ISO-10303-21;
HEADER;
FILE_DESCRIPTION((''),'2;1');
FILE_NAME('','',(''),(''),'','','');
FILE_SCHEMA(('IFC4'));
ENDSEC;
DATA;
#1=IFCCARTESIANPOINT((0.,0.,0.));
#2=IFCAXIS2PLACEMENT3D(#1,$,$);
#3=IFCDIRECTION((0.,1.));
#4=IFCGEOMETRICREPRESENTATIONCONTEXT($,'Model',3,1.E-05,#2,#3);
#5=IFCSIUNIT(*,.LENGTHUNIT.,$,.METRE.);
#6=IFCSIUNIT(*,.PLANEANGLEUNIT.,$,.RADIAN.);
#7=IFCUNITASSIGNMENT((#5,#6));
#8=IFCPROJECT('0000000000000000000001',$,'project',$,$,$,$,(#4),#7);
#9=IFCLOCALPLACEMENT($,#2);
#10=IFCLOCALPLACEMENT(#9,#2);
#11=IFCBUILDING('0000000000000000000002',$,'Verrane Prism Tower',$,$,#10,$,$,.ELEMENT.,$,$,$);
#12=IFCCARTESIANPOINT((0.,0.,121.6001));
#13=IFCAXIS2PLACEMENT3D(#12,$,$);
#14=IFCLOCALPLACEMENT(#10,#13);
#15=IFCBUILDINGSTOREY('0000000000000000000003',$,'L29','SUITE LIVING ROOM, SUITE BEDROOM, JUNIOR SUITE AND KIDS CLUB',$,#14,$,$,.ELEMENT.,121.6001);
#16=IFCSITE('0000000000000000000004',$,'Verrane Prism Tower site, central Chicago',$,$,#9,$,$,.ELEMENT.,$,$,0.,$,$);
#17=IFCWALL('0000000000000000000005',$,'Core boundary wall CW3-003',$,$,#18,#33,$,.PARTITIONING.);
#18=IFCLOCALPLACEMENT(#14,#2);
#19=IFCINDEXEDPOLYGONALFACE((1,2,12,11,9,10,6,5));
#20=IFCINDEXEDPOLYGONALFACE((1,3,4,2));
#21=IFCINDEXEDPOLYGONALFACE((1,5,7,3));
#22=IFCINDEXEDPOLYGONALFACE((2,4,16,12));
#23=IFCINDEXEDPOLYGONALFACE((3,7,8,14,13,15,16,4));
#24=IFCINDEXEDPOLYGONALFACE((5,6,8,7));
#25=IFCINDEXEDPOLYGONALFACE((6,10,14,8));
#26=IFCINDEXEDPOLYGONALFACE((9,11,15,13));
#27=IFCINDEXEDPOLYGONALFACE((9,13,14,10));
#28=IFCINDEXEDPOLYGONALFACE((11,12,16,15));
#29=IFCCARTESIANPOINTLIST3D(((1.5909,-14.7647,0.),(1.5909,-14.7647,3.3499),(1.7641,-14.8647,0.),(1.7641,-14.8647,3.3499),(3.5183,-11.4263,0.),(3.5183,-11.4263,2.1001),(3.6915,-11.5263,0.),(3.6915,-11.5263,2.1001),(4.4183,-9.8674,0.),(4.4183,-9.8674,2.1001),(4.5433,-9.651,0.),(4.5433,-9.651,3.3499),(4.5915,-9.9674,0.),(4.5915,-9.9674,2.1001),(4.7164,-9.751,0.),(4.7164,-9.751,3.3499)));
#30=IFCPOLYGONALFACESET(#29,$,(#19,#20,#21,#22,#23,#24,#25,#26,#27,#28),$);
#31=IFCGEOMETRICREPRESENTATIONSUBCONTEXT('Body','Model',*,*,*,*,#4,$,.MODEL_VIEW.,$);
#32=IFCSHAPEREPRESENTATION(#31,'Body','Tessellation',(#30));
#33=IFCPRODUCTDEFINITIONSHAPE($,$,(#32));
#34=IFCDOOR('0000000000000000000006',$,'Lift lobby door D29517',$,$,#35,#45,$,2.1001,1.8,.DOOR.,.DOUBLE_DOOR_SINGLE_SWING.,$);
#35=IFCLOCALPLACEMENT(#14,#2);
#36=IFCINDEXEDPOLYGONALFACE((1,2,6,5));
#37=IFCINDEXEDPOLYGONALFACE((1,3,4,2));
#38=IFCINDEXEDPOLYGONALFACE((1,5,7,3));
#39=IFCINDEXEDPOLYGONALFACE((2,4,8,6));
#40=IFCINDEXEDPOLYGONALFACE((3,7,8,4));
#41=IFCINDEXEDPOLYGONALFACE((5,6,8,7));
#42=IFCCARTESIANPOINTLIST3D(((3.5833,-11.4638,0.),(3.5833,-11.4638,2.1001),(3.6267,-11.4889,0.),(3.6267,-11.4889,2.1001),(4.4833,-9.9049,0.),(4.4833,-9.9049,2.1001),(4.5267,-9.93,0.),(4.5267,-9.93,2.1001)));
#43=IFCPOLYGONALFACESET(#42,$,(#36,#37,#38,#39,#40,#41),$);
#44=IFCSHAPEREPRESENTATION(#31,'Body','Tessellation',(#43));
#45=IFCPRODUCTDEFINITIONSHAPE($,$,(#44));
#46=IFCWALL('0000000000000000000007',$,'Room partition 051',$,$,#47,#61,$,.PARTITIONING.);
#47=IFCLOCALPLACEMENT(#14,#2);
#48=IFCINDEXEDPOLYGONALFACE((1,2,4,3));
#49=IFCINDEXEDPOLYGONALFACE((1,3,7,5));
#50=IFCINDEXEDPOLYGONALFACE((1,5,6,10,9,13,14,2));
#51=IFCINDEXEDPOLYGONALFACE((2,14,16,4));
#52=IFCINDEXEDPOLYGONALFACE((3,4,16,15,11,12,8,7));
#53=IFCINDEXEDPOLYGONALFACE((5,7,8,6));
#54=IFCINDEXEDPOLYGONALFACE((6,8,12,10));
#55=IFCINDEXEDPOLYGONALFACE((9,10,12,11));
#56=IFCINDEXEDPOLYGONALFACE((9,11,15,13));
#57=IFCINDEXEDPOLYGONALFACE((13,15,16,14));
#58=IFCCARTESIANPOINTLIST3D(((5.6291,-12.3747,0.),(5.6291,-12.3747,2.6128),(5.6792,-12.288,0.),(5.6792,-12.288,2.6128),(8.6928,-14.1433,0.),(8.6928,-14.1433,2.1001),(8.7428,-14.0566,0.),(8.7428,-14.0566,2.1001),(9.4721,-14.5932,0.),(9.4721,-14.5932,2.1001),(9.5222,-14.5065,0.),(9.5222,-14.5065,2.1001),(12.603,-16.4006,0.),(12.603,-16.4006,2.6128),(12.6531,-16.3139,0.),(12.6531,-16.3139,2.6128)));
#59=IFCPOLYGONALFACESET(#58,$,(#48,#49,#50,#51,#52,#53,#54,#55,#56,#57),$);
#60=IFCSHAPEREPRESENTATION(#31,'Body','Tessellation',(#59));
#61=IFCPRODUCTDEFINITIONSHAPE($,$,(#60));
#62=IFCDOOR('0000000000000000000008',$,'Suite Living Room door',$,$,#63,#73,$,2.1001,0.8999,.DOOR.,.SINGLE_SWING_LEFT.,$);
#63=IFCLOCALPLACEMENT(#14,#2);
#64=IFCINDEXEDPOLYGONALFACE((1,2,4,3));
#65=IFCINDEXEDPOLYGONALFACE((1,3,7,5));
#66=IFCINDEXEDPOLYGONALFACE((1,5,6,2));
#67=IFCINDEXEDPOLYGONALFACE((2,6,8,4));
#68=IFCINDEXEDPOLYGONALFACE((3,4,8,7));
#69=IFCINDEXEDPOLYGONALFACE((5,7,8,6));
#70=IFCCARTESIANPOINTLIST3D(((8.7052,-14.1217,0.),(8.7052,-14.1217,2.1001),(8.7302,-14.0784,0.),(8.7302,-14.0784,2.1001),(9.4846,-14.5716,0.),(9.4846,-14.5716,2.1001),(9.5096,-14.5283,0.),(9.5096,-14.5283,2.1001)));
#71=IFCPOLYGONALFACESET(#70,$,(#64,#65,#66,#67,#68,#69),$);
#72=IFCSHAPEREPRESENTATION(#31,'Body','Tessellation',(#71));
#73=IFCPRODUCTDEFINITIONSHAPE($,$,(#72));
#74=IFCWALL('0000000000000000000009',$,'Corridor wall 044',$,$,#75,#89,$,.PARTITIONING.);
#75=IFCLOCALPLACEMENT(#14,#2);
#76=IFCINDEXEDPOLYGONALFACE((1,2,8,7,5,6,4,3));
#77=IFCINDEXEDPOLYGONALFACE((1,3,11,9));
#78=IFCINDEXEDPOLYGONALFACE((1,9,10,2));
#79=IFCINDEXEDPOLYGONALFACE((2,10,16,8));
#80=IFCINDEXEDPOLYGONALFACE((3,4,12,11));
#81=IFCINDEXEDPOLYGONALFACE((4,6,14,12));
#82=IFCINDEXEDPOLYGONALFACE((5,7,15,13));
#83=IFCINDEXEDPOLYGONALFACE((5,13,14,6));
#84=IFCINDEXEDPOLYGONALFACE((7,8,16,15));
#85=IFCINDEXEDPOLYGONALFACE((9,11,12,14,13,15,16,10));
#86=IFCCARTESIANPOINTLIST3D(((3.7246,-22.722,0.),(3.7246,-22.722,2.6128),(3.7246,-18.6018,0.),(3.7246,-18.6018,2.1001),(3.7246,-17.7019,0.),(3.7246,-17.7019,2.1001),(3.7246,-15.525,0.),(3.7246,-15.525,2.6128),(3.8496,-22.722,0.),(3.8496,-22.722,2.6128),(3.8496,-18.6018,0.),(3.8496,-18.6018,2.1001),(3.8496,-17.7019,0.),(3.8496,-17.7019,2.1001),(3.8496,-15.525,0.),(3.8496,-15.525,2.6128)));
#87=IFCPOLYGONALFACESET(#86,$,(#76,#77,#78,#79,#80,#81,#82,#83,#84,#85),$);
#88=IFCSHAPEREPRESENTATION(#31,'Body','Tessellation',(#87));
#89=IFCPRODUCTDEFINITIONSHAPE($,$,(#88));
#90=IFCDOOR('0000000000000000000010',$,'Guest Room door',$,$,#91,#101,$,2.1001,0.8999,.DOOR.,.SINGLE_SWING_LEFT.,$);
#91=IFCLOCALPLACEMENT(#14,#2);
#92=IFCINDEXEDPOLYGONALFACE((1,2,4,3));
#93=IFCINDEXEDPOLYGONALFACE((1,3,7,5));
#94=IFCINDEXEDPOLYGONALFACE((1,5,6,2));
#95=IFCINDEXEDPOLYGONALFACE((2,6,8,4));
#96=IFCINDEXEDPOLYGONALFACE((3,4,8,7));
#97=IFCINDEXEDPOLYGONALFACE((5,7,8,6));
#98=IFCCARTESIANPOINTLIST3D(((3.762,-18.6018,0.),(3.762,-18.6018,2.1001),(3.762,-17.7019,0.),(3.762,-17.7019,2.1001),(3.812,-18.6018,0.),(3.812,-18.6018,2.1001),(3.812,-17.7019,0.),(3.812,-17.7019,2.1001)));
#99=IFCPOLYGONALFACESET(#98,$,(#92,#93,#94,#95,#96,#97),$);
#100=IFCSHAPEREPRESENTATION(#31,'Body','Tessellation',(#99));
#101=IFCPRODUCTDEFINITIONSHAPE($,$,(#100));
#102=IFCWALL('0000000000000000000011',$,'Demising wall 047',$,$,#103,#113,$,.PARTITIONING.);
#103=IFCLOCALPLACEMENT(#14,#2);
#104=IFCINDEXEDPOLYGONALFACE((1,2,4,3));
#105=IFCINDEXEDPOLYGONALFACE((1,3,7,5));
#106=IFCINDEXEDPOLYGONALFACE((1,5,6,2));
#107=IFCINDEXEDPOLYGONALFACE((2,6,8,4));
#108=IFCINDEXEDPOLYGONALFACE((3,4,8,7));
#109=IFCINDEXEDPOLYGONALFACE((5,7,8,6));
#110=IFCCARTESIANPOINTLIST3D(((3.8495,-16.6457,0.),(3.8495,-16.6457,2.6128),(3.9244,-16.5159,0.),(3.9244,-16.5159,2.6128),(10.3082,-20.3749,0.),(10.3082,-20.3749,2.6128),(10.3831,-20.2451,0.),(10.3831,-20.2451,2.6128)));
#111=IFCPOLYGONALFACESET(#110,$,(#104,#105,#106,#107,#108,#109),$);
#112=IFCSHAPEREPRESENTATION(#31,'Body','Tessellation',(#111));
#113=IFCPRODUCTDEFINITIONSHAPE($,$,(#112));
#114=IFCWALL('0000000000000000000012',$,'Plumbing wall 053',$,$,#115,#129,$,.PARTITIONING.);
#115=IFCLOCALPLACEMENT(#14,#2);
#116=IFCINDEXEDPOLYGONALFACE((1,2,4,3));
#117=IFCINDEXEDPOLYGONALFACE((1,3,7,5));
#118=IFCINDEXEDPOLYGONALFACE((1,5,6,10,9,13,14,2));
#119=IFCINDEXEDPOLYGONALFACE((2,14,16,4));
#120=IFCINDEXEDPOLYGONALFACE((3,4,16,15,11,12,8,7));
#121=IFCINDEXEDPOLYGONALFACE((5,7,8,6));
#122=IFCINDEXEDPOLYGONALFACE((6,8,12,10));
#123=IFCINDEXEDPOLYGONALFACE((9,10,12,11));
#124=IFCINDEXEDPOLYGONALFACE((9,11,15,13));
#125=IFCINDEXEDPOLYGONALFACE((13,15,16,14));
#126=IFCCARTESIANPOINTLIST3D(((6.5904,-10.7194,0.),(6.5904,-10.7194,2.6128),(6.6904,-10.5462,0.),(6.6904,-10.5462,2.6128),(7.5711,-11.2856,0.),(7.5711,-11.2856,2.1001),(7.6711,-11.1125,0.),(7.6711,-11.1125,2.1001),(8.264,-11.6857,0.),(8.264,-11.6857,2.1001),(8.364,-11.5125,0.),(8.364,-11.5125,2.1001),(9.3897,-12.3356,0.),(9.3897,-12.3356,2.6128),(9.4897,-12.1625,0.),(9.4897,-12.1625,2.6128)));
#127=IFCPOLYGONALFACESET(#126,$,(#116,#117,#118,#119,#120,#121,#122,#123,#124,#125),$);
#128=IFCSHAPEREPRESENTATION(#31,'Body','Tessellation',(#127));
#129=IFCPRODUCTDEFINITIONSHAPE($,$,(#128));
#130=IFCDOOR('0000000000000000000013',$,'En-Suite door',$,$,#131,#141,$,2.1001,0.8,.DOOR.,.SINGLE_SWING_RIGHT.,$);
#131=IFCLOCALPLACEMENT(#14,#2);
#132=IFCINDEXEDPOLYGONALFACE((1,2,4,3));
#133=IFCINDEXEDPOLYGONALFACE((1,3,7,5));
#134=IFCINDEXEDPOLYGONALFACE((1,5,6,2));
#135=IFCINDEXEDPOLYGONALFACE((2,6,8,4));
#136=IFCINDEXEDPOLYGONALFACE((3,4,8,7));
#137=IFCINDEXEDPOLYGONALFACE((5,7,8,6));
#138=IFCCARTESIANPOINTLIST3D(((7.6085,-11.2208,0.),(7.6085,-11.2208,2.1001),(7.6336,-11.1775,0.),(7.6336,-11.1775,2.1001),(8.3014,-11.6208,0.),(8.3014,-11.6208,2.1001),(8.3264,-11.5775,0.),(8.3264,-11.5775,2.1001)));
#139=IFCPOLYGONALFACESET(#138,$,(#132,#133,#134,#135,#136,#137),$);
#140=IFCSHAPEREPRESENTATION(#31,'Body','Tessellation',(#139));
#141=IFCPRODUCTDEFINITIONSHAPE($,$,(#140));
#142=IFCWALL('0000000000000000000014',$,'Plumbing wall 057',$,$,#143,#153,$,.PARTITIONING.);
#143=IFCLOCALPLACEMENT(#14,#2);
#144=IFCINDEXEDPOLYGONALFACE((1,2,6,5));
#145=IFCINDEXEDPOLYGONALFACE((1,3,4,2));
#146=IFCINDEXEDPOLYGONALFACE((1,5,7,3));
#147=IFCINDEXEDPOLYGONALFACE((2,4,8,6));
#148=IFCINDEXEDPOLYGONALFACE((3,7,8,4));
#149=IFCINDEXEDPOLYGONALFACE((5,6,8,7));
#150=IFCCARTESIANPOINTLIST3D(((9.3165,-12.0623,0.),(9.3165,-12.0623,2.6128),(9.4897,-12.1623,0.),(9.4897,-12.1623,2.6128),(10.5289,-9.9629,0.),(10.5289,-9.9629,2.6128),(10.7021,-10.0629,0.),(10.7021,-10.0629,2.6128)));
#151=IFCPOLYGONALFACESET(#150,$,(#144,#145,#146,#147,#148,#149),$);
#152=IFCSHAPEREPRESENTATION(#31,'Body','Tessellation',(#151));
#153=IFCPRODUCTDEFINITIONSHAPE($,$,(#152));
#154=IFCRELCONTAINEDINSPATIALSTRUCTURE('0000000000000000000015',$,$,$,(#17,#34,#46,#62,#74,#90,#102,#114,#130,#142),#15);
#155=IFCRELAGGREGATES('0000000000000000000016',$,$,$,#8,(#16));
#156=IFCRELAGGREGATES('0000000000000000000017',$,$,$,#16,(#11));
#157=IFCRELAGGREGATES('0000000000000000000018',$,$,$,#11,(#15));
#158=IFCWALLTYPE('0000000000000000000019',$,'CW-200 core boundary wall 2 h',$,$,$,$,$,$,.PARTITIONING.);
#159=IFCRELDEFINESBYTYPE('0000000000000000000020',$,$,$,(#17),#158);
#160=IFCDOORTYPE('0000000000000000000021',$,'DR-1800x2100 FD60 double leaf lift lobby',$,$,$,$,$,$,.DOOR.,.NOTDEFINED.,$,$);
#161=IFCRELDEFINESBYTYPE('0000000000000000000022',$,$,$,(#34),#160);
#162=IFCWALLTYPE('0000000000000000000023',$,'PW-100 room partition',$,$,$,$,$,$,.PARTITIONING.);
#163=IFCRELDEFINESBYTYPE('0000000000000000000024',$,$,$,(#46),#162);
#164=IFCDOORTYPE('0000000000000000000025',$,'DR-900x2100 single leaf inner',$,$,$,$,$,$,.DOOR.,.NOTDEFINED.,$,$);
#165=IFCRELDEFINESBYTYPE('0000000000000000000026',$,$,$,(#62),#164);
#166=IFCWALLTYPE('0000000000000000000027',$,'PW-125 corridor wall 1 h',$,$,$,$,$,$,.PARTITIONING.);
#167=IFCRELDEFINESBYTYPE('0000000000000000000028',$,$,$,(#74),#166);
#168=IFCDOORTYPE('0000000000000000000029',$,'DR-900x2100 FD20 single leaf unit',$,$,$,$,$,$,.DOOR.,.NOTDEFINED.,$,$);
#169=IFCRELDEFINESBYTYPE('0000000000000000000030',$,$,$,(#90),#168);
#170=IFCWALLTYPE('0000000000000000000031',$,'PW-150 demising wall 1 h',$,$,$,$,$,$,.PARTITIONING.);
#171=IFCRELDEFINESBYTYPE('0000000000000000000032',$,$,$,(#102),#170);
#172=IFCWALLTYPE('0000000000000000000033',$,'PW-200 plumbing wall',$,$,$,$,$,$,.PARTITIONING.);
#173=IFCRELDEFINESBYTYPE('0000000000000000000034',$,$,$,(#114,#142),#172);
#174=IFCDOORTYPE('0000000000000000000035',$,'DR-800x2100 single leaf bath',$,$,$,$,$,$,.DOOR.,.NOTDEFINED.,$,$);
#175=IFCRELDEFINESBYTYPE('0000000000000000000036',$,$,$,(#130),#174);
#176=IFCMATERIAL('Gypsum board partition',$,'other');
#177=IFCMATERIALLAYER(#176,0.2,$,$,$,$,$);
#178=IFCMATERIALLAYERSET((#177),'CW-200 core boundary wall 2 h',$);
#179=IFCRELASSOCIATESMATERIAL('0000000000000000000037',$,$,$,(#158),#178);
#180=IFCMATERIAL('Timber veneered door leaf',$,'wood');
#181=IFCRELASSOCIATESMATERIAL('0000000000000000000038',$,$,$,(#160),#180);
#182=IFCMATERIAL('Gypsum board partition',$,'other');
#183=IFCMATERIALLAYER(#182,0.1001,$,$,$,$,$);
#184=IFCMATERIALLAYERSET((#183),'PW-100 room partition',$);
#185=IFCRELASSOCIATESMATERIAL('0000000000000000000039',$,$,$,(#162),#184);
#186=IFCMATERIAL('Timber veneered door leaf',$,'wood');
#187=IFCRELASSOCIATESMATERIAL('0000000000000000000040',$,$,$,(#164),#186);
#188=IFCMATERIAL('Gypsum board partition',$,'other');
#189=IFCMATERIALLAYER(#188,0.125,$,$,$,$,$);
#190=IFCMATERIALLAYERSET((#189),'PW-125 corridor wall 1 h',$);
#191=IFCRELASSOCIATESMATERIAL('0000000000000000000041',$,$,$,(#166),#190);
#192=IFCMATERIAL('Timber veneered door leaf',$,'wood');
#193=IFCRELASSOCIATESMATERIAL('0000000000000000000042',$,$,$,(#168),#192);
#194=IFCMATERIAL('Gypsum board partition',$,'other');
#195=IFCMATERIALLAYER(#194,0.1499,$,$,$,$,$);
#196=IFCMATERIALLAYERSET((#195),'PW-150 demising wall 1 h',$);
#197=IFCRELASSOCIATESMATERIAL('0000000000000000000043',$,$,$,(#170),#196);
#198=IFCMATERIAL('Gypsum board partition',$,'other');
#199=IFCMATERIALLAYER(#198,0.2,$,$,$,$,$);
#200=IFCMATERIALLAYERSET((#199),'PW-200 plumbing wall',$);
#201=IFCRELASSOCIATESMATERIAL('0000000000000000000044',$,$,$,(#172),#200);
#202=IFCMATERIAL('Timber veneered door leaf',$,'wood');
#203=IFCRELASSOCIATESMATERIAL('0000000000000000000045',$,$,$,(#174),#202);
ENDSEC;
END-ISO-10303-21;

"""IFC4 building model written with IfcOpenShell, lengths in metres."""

from ifc_helpers import new_model, si_unit, direction, frame, frame_2d, origin, place, context, subcontext, project, spatial, rectangle, extrude, material, layer, layer_set, type_object, element, fill, save


model = new_model("IFC4")

# Units and contexts
model_context = context("Model", 3, precision=1e-05, world=origin(), true_north=direction((0.0, 1.0)))
body_context = subcontext(model_context, "Body", "Model", "MODEL_VIEW")
ifc_project = project(units=[si_unit("LENGTHUNIT", "METRE"), si_unit("PLANEANGLEUNIT", "RADIAN")], contexts=[model_context])

# Site, building, storey
site_placement = place(None, origin())
site = spatial("IfcSite", under=ifc_project, at=site_placement, Name="Verrane Prism Tower site, central Chicago", CompositionType="ELEMENT", RefElevation=0.0)
building_placement = place(site_placement, origin())
building = spatial("IfcBuilding", under=site, at=building_placement, Name="Verrane Prism Tower", CompositionType="ELEMENT")
storey_placement = place(building_placement, frame((0.0, 0.0, 121.6001)))
storey = spatial("IfcBuildingStorey", under=building, at=storey_placement, Name="L29", Description="SUITE LIVING ROOM, SUITE BEDROOM, JUNIOR SUITE AND KIDS CLUB", CompositionType="ELEMENT", Elevation=121.6001)

# Walls, openings, doors
ifc_material_1 = material(Name="Gypsum board partition", Category="other")
ifc_layer_1 = layer(ifc_material_1, 0.2)
ifc_layer_set_1 = layer_set([ifc_layer_1], Name="CW-200 core boundary wall 2 h")
wall_type_1 = type_object("IfcWallType", Name="CW-200 core boundary wall 2 h", PredefinedType="PARTITIONING", material=ifc_layer_set_1)
wall_1_placement = place(storey_placement, frame((1.6775, -14.8147, 0.0), z_axis=(0.0, 0.0, 1.0), x_axis=(0.499994, 0.866029, 0.0)))
wall_1 = element("IfcWall", 1, at=wall_1_placement, inside=storey, type_object=wall_type_1, Name="Core boundary wall CW3-003", PredefinedType="PARTITIONING", context=body_context, shape_type="SweptSolid", body=[
    extrude(rectangle(XDim=5.9048, YDim=0.2, at=frame_2d((2.9524, 0.0))), origin(), (0.0, 0.0, 1.0), 3.3499),
])
opening_1_placement = place(wall_1_placement, frame((3.855, 0.0, 0.0)))
opening_1 = element("IfcOpeningElement", 2, at=opening_1_placement, cuts=wall_1, PredefinedType="OPENING", context=body_context, shape_type="SweptSolid", body=[
    extrude(rectangle(XDim=1.8, YDim=2.1001, at=frame_2d((0.8999, 1.05))), frame((0.0, 0.1099, 0.0), z_axis=(0.0, -1.0, 0.0), x_axis=(1.0, 0.0, 0.0)), (0.0, 0.0, 1.0), 0.22),
])
ifc_material_2 = material(Name="Timber veneered door leaf", Category="wood")
door_type_1 = type_object("IfcDoorType", Name="DR-1800x2100 FD60 double leaf lift lobby", OperationType="NOTDEFINED", PredefinedType="DOOR", material=ifc_material_2)
door_1_placement = place(opening_1_placement, origin())
door_1 = element("IfcDoor", 3, at=door_1_placement, inside=storey, type_object=door_type_1, Name="Lift lobby door D29517", OperationType="DOUBLE_DOOR_SINGLE_SWING", OverallHeight=2.1001, OverallWidth=1.8, PredefinedType="DOOR", context=body_context, shape_type="SweptSolid", body=[
    extrude(rectangle(XDim=1.8, YDim=2.1001, at=frame_2d((0.8999, 1.05))), frame((0.0, 0.0249, 0.0), z_axis=(0.0, -1.0, 0.0), x_axis=(1.0, 0.0, 0.0)), (0.0, 0.0, 1.0), 0.05),
])
fill(opening_1, door_1)
ifc_material_3 = material(Name="Gypsum board partition", Category="other")
ifc_layer_2 = layer(ifc_material_3, 0.1001)
ifc_layer_set_2 = layer_set([ifc_layer_2], Name="PW-100 room partition")
wall_type_2 = type_object("IfcWallType", Name="PW-100 room partition", PredefinedType="PARTITIONING", material=ifc_layer_set_2)
wall_2_placement = place(storey_placement, frame((5.6541, -12.3313, 0.0), z_axis=(0.0, 0.0, 1.0), x_axis=(0.866052, -0.499954, 0.0)))
wall_2 = element("IfcWall", 4, at=wall_2_placement, inside=storey, type_object=wall_type_2, Name="Room partition 051", PredefinedType="PARTITIONING", context=body_context, shape_type="SweptSolid", body=[
    extrude(rectangle(XDim=8.0525, YDim=0.1001, at=frame_2d((4.0264, 0.0))), origin(), (0.0, 0.0, 1.0), 2.6128),
])
opening_2_placement = place(wall_2_placement, frame((3.5376, 0.0, 0.0)))
opening_2 = element("IfcOpeningElement", 5, at=opening_2_placement, cuts=wall_2, PredefinedType="OPENING", context=body_context, shape_type="SweptSolid", body=[
    extrude(rectangle(XDim=0.8999, YDim=2.1001, at=frame_2d((0.45, 1.05))), frame((0.0, 0.0601, 0.0), z_axis=(0.0, -1.0, 0.0), x_axis=(1.0, 0.0, 0.0)), (0.0, 0.0, 1.0), 0.1201),
])
ifc_material_4 = material(Name="Timber veneered door leaf", Category="wood")
door_type_2 = type_object("IfcDoorType", Name="DR-900x2100 single leaf inner", OperationType="NOTDEFINED", PredefinedType="DOOR", material=ifc_material_4)
door_2_placement = place(opening_2_placement, origin())
door_2 = element("IfcDoor", 6, at=door_2_placement, inside=storey, type_object=door_type_2, Name="Suite Living Room door", OperationType="SINGLE_SWING_LEFT", OverallHeight=2.1001, OverallWidth=0.8999, PredefinedType="DOOR", context=body_context, shape_type="SweptSolid", body=[
    extrude(rectangle(XDim=0.8999, YDim=2.1001, at=frame_2d((0.45, 1.05))), frame((0.0, 0.0249, 0.0), z_axis=(0.0, -1.0, 0.0), x_axis=(1.0, 0.0, 0.0)), (0.0, 0.0, 1.0), 0.05),
])
fill(opening_2, door_2)
ifc_material_5 = material(Name="Gypsum board partition", Category="other")
ifc_layer_3 = layer(ifc_material_5, 0.125)
ifc_layer_set_3 = layer_set([ifc_layer_3], Name="PW-125 corridor wall 1 h")
wall_type_3 = type_object("IfcWallType", Name="PW-125 corridor wall 1 h", PredefinedType="PARTITIONING", material=ifc_layer_set_3)
wall_3_placement = place(storey_placement, frame((3.7871, -15.5249, 0.0), z_axis=(0.0, 0.0, 1.0), x_axis=(0.0, -1.0, 0.0)))
wall_3 = element("IfcWall", 7, at=wall_3_placement, inside=storey, type_object=wall_type_3, Name="Corridor wall 044", PredefinedType="PARTITIONING", context=body_context, shape_type="SweptSolid", body=[
    extrude(rectangle(XDim=7.197, YDim=0.125, at=frame_2d((3.5986, 0.0))), origin(), (0.0, 0.0, 1.0), 2.6128),
])
opening_3_placement = place(wall_3_placement, frame((2.177, 0.0, 0.0)))
opening_3 = element("IfcOpeningElement", 8, at=opening_3_placement, cuts=wall_3, PredefinedType="OPENING", context=body_context, shape_type="SweptSolid", body=[
    extrude(rectangle(XDim=0.8999, YDim=2.1001, at=frame_2d((0.45, 1.05))), frame((0.0, 0.0725, 0.0), z_axis=(0.0, -1.0, 0.0), x_axis=(1.0, 0.0, 0.0)), (0.0, 0.0, 1.0), 0.145),
])
ifc_material_6 = material(Name="Timber veneered door leaf", Category="wood")
door_type_3 = type_object("IfcDoorType", Name="DR-900x2100 FD20 single leaf unit", OperationType="NOTDEFINED", PredefinedType="DOOR", material=ifc_material_6)
door_3_placement = place(opening_3_placement, origin())
door_3 = element("IfcDoor", 9, at=door_3_placement, inside=storey, type_object=door_type_3, Name="Guest Room door", OperationType="SINGLE_SWING_LEFT", OverallHeight=2.1001, OverallWidth=0.8999, PredefinedType="DOOR", context=body_context, shape_type="SweptSolid", body=[
    extrude(rectangle(XDim=0.8999, YDim=2.1001, at=frame_2d((0.45, 1.05))), frame((0.0, 0.0249, 0.0), z_axis=(0.0, -1.0, 0.0), x_axis=(1.0, 0.0, 0.0)), (0.0, 0.0, 1.0), 0.05),
])
fill(opening_3, door_3)

# Wall
ifc_material_7 = material(Name="Gypsum board partition", Category="other")
ifc_layer_4 = layer(ifc_material_7, 0.1499)
ifc_layer_set_4 = layer_set([ifc_layer_4], Name="PW-150 demising wall 1 h")
wall_type_4 = type_object("IfcWallType", Name="PW-150 demising wall 1 h", PredefinedType="PARTITIONING", material=ifc_layer_set_4)
wall_4_placement = place(storey_placement, frame((3.887, -16.5808, 0.0), z_axis=(0.0, 0.0, 1.0), x_axis=(0.866008, -0.500029, 0.0)))
element("IfcWall", 10, at=wall_4_placement, inside=storey, type_object=wall_type_4, Name="Demising wall 047", PredefinedType="PARTITIONING", context=body_context, shape_type="SweptSolid", body=[
    extrude(rectangle(XDim=7.458, YDim=0.1499, at=frame_2d((3.729, 0.0))), origin(), (0.0, 0.0, 1.0), 2.6128),
])

# Wall, opening, door
ifc_material_8 = material(Name="Gypsum board partition", Category="other")
ifc_layer_5 = layer(ifc_material_8, 0.2)
ifc_layer_set_5 = layer_set([ifc_layer_5], Name="PW-200 plumbing wall")
wall_type_5 = type_object("IfcWallType", Name="PW-200 plumbing wall", PredefinedType="PARTITIONING", material=ifc_layer_set_5)
wall_5_placement = place(storey_placement, frame((6.6404, -10.6328, 0.0), z_axis=(0.0, 0.0, 1.0), x_axis=(0.866022, -0.500006, 0.0)))
wall_5 = element("IfcWall", 11, at=wall_5_placement, inside=storey, type_object=wall_type_5, Name="Plumbing wall 053", PredefinedType="PARTITIONING", context=body_context, shape_type="SweptSolid", body=[
    extrude(rectangle(XDim=3.2324, YDim=0.2, at=frame_2d((1.6162, 0.0))), origin(), (0.0, 0.0, 1.0), 2.6128),
])
opening_4_placement = place(wall_5_placement, frame((1.1326, 0.0, 0.0)))
opening_4 = element("IfcOpeningElement", 12, at=opening_4_placement, cuts=wall_5, PredefinedType="OPENING", context=body_context, shape_type="SweptSolid", body=[
    extrude(rectangle(XDim=0.8, YDim=2.1001, at=frame_2d((0.3999, 1.05))), frame((0.0, 0.1099, 0.0), z_axis=(0.0, -1.0, 0.0), x_axis=(1.0, 0.0, 0.0)), (0.0, 0.0, 1.0), 0.22),
])
ifc_material_9 = material(Name="Timber veneered door leaf", Category="wood")
door_type_4 = type_object("IfcDoorType", Name="DR-800x2100 single leaf bath", OperationType="NOTDEFINED", PredefinedType="DOOR", material=ifc_material_9)
door_4_placement = place(opening_4_placement, origin())
door_4 = element("IfcDoor", 13, at=door_4_placement, inside=storey, type_object=door_type_4, Name="En-Suite door", OperationType="SINGLE_SWING_RIGHT", OverallHeight=2.1001, OverallWidth=0.8, PredefinedType="DOOR", context=body_context, shape_type="SweptSolid", body=[
    extrude(rectangle(XDim=0.8, YDim=2.1001, at=frame_2d((0.3999, 1.05))), frame((0.0, 0.0249, 0.0), z_axis=(0.0, -1.0, 0.0), x_axis=(1.0, 0.0, 0.0)), (0.0, 0.0, 1.0), 0.05),
])
fill(opening_4, door_4)

# Wall
wall_6_placement = place(storey_placement, frame((9.4031, -12.1123, 0.0), z_axis=(0.0, 0.0, 1.0), x_axis=(0.500103, 0.865966, 0.0)))
element("IfcWall", 14, at=wall_6_placement, inside=storey, type_object=wall_type_5, Name="Plumbing wall 057", PredefinedType="PARTITIONING", context=body_context, shape_type="SweptSolid", body=[
    extrude(rectangle(XDim=2.4243, YDim=0.2, at=frame_2d((1.2122, 0.0))), origin(), (0.0, 0.0, 1.0), 2.6128),
])

save(model, "model.ifc")
